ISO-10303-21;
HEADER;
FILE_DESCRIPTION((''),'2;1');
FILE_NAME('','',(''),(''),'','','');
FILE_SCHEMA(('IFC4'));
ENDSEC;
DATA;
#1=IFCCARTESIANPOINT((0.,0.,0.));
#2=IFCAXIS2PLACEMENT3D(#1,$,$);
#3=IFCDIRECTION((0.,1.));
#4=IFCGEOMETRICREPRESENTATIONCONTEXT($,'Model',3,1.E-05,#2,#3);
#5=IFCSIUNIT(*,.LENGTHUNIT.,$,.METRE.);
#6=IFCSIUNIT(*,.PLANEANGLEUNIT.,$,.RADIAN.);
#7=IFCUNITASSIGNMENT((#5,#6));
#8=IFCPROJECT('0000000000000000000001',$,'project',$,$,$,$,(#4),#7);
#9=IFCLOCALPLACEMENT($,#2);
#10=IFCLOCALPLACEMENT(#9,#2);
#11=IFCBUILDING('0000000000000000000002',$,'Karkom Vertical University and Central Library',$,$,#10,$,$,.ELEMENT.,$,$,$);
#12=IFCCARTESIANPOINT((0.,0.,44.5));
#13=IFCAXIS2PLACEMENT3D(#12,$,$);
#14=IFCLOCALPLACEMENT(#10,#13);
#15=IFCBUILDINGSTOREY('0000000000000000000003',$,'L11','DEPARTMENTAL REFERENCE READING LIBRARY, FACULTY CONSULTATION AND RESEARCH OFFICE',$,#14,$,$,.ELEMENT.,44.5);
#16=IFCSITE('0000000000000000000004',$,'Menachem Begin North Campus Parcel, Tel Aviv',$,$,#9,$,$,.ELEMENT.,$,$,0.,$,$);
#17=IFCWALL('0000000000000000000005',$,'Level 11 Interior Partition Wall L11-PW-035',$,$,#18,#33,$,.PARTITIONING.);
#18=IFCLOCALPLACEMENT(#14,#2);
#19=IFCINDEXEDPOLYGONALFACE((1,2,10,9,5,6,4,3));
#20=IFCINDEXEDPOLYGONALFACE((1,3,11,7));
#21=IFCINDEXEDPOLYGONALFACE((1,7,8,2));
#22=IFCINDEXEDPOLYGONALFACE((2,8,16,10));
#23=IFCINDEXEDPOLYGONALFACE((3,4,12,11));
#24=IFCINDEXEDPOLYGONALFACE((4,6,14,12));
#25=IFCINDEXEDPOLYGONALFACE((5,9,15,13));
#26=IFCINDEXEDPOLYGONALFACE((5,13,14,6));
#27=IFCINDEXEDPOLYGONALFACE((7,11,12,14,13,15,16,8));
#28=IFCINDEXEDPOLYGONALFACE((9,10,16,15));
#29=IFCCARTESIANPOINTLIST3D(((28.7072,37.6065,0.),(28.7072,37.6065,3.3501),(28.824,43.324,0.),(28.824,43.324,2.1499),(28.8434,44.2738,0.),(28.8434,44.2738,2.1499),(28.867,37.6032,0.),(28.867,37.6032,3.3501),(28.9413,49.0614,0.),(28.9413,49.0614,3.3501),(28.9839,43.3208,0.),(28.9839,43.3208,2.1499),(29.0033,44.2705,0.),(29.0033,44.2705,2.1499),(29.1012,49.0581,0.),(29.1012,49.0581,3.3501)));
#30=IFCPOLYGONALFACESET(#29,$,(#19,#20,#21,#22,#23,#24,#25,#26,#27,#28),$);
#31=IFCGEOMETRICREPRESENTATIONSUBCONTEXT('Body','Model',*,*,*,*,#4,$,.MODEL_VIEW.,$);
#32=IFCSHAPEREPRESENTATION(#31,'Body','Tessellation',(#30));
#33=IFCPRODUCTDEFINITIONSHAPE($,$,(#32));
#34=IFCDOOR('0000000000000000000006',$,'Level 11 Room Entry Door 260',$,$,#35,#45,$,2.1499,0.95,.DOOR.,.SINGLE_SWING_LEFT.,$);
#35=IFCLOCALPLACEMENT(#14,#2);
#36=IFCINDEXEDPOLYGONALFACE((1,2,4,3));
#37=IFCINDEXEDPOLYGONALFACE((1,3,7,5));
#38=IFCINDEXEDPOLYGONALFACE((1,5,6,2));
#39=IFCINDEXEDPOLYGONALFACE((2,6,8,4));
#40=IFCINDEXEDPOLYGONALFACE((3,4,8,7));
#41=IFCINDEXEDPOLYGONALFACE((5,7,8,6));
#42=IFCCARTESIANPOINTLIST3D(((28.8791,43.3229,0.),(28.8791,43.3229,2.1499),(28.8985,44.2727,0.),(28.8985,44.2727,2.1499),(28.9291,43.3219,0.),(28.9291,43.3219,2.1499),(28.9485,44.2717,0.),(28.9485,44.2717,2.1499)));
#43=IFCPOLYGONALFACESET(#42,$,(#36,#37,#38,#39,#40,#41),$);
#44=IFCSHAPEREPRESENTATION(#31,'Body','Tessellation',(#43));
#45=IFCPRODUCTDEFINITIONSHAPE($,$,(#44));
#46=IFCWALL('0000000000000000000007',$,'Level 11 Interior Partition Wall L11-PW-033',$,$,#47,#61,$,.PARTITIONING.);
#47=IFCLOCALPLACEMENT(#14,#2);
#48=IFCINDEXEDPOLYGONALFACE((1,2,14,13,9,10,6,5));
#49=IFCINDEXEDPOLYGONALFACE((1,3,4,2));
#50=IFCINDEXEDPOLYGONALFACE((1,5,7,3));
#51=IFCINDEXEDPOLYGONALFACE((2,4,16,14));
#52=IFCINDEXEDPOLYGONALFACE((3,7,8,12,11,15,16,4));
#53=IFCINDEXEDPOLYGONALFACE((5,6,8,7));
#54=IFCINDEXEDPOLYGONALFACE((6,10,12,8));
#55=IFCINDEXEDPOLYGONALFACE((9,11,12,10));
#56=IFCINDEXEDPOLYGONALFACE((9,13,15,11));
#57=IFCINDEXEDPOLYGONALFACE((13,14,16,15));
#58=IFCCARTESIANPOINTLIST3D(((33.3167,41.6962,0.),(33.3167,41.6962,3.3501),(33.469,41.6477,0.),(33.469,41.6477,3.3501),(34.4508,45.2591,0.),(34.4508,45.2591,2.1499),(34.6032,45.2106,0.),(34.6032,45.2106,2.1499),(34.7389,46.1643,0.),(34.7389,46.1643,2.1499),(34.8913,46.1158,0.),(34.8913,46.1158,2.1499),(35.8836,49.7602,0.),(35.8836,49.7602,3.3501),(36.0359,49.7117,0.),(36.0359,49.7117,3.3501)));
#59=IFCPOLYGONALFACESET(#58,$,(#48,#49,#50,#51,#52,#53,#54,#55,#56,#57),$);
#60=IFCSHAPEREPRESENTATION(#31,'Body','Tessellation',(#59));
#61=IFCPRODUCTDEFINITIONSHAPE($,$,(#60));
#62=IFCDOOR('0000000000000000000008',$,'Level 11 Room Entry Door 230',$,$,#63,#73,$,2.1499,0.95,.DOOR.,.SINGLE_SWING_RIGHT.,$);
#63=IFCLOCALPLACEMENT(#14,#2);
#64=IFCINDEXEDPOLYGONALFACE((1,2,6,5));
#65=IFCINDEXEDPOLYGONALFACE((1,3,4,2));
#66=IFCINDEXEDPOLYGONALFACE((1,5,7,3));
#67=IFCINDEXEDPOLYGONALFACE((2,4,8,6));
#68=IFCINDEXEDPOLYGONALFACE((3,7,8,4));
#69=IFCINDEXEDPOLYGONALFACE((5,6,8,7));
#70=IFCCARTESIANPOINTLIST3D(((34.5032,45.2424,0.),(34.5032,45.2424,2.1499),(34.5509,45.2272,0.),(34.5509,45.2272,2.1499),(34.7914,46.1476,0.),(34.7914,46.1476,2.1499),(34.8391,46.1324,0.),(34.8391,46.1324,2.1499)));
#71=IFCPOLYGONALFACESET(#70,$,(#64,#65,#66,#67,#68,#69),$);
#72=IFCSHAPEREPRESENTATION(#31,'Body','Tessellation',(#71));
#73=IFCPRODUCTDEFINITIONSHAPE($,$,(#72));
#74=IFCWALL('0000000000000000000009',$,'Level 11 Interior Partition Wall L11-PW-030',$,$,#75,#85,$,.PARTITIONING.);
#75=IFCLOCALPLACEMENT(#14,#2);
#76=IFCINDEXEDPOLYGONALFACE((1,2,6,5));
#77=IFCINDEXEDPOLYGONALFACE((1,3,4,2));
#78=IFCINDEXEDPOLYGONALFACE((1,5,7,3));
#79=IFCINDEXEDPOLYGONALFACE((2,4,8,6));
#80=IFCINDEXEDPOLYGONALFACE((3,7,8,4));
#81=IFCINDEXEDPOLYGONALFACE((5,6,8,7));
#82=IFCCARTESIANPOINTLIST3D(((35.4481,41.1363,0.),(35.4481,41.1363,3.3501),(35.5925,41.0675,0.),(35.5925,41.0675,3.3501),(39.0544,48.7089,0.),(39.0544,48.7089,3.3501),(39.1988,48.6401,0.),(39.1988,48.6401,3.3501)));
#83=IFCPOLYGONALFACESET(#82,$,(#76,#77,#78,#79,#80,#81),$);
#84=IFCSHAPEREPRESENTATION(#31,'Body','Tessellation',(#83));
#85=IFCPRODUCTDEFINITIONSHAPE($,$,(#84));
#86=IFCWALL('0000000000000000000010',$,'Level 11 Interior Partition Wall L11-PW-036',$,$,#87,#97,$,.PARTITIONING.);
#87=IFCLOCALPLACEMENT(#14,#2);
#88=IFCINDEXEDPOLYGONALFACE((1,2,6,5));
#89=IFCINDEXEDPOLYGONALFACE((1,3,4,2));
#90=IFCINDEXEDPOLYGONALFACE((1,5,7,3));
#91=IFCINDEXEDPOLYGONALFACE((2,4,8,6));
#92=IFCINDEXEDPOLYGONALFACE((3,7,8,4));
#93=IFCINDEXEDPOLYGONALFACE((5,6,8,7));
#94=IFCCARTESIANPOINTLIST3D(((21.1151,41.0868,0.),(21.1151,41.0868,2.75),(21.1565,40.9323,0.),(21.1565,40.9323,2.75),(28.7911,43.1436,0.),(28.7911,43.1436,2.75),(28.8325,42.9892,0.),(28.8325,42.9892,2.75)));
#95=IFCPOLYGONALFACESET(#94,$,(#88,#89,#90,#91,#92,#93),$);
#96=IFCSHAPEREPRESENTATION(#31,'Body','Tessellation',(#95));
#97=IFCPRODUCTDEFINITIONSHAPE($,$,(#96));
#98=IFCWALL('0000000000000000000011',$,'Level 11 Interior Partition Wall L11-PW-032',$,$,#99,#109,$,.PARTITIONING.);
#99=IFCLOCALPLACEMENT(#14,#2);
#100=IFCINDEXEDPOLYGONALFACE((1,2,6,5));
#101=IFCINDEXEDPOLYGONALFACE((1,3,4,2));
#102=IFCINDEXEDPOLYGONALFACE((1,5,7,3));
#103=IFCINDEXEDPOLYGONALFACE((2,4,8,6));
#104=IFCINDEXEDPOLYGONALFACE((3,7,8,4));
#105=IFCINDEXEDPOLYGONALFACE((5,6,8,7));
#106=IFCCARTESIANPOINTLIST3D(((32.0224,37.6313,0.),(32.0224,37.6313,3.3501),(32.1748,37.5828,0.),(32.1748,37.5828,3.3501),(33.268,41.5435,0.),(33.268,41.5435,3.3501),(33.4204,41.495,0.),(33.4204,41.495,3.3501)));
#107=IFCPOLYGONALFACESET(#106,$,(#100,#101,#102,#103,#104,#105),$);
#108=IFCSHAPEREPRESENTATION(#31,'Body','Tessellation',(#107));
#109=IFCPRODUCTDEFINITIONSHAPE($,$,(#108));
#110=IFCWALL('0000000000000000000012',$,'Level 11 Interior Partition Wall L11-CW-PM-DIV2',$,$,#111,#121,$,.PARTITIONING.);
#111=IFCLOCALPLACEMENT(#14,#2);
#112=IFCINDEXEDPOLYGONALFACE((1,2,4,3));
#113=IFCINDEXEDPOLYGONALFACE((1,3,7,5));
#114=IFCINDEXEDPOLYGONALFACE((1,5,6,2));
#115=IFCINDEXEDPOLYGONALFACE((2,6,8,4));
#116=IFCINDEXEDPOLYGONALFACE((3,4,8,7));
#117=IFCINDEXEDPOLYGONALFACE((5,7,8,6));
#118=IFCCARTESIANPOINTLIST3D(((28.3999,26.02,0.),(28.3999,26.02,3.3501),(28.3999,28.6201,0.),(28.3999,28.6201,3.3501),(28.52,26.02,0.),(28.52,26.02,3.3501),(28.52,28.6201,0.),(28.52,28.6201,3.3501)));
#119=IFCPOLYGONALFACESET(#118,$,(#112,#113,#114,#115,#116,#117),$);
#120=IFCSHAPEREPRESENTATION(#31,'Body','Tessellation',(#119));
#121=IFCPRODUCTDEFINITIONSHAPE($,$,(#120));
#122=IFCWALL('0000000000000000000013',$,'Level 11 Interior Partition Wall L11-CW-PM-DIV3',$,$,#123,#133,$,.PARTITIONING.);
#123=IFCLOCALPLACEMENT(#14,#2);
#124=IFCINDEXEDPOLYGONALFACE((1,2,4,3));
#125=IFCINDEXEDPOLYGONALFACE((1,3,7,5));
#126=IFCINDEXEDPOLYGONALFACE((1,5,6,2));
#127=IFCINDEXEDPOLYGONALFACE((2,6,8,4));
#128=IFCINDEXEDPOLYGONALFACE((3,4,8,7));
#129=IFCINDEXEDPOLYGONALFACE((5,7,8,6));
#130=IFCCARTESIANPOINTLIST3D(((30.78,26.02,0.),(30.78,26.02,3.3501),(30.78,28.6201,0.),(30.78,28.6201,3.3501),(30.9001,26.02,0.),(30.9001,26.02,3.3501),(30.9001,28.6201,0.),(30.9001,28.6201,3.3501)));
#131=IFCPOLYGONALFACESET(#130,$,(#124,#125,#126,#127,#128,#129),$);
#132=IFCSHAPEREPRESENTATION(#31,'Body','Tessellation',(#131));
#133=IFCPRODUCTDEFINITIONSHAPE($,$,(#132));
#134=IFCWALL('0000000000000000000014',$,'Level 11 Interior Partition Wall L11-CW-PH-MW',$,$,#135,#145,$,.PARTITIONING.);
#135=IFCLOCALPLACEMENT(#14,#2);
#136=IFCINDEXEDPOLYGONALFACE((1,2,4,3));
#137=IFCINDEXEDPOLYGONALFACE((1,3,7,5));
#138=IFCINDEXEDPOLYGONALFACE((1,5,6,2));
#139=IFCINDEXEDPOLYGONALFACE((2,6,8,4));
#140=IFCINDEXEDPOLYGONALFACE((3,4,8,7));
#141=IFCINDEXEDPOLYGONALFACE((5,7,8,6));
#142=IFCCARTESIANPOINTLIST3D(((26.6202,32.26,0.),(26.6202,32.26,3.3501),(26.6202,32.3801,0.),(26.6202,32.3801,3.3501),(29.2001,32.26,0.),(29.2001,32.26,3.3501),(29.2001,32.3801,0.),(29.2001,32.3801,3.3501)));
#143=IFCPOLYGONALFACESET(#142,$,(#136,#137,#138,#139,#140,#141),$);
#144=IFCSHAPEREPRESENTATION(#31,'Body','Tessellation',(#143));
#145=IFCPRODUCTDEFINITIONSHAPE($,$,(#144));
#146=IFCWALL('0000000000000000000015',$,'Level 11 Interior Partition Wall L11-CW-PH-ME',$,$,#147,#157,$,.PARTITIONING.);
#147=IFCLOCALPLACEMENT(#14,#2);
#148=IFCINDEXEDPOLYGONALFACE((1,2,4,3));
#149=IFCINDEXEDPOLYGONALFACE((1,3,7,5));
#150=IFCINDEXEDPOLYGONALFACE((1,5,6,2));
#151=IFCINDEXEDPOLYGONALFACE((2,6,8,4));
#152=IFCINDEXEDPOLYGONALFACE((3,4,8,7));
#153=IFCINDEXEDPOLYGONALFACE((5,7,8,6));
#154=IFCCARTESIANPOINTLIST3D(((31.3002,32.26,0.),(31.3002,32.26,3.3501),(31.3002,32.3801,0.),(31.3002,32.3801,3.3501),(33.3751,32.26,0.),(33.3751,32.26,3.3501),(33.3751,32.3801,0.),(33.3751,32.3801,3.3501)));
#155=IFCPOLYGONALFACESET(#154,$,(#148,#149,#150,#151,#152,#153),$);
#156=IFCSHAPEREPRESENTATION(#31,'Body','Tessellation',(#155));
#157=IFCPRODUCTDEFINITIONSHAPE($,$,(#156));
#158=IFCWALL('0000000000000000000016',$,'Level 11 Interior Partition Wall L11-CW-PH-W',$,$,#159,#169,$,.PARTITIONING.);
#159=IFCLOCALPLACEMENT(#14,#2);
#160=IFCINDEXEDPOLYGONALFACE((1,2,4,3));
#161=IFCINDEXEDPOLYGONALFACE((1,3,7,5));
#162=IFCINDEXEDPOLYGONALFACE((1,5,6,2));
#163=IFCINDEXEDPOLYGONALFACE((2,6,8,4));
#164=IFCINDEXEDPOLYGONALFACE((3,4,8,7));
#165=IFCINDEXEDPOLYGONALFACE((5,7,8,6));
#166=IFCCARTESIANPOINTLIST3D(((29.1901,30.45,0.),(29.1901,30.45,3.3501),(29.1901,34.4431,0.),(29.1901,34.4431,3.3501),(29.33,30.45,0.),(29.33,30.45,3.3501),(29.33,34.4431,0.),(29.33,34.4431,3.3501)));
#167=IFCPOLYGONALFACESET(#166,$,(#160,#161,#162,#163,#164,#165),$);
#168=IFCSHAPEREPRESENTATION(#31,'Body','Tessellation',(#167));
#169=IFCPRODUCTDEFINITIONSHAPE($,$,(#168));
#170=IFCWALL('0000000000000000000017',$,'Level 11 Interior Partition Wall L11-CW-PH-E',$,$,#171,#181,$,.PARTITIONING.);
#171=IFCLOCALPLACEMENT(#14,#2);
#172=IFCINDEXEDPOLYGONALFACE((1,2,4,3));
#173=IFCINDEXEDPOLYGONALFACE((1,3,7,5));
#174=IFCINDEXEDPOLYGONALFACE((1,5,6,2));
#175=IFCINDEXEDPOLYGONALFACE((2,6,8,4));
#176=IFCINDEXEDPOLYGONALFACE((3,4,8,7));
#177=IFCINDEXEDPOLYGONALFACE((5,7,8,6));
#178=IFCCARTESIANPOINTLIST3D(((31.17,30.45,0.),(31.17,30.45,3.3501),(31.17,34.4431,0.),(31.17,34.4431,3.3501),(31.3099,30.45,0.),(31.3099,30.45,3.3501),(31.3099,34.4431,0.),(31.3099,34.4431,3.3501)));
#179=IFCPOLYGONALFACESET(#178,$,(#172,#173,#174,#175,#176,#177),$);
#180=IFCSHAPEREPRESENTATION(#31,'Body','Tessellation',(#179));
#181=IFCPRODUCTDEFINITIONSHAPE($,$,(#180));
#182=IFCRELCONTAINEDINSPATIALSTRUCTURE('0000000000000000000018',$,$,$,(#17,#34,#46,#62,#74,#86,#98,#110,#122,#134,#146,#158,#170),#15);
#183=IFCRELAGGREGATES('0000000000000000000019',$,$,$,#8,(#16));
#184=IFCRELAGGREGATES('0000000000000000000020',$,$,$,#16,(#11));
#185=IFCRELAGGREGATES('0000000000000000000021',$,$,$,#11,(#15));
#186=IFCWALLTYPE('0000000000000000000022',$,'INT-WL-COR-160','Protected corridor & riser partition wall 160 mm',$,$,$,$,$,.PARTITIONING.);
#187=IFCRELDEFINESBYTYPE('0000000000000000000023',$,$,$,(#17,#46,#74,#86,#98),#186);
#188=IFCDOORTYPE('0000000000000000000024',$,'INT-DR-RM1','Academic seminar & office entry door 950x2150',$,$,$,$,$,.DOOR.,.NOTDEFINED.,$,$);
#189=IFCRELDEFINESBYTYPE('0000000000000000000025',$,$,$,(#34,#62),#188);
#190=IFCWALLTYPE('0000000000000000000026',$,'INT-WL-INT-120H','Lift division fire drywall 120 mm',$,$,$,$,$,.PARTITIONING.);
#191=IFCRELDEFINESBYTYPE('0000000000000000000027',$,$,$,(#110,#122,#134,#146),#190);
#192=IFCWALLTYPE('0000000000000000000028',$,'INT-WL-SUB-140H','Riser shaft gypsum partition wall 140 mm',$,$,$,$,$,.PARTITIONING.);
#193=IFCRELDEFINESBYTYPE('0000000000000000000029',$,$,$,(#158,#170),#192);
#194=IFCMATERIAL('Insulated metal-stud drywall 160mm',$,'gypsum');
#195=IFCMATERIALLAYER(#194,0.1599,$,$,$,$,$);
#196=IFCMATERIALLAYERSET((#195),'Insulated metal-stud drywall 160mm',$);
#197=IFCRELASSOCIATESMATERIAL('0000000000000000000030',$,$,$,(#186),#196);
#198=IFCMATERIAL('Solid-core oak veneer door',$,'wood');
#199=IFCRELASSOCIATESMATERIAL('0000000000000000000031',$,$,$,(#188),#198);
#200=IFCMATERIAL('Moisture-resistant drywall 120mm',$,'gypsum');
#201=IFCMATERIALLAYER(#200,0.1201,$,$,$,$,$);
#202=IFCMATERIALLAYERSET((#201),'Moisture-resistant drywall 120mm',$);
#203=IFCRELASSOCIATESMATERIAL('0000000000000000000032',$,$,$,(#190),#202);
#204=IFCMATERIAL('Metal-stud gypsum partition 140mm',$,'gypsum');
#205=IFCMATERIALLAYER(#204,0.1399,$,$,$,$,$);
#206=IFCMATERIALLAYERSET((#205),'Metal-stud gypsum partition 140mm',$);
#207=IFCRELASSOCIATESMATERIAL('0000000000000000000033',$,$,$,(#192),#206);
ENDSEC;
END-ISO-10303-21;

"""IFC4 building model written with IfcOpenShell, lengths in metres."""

from ifc_helpers import new_model, si_unit, direction, frame, frame_2d, origin, origin_with_axes, place, context, subcontext, project, spatial, rectangle, extrude, source, transform, mapped, material, layer, layer_set, type_object, element, fill, save


model = new_model("IFC4")

# Units and contexts
model_context = context("Model", 3, precision=1e-05, world=origin(), true_north=direction((0.0, 1.0)))
body_context = subcontext(model_context, "Body", "Model", "MODEL_VIEW")
ifc_project = project(units=[si_unit("LENGTHUNIT", "METRE"), si_unit("PLANEANGLEUNIT", "RADIAN")], contexts=[model_context])

# Site, building, storey
site_placement = place(None, origin())
site = spatial("IfcSite", under=ifc_project, at=site_placement, Name="Menachem Begin North Campus Parcel, Tel Aviv", CompositionType="ELEMENT", RefElevation=0.0)
building_placement = place(site_placement, origin())
building = spatial("IfcBuilding", under=site, at=building_placement, Name="Karkom Vertical University and Central Library", CompositionType="ELEMENT")
storey_placement = place(building_placement, frame((0.0, 0.0, 44.5)))
storey = spatial("IfcBuildingStorey", under=building, at=storey_placement, Name="L11", Description="DEPARTMENTAL REFERENCE READING LIBRARY, FACULTY CONSULTATION AND RESEARCH OFFICE", CompositionType="ELEMENT", Elevation=44.5)

# Shared definitions
ifc_material_1 = material(Name="Insulated metal-stud drywall 160mm", Category="gypsum")
ifc_layer_1 = layer(ifc_material_1, 0.1599)
ifc_layer_set_1 = layer_set([ifc_layer_1], Name="Insulated metal-stud drywall 160mm")
wall_type_1 = type_object("IfcWallType", Name="INT-WL-COR-160", Description="Protected corridor & riser partition wall 160 mm", PredefinedType="PARTITIONING", material=ifc_layer_set_1)

# Walls, openings, doors
wall_1_placement = place(storey_placement, frame((28.7871, 37.605, 0.0), z_axis=(0.0, 0.0, 1.0), x_axis=(0.020435, 0.999791, 0.0)))
wall_1 = element("IfcWall", 1, at=wall_1_placement, inside=storey, type_object=wall_type_1, Name="Level 11 Interior Partition Wall L11-PW-035", PredefinedType="PARTITIONING", context=body_context, shape_type="SweptSolid", body=[
    extrude(rectangle(XDim=11.4573, YDim=0.1599, at=frame_2d((5.7285, 0.0))), origin(), (0.0, 0.0, 1.0), 3.3501),
])
opening_1_placement = place(wall_1_placement, frame((5.7185, 0.0, 0.0)))
opening_1 = element("IfcOpeningElement", 2, at=opening_1_placement, cuts=wall_1, PredefinedType="OPENING", context=body_context, shape_type="SweptSolid", body=[
    extrude(rectangle(XDim=0.95, YDim=2.1499, at=frame_2d((0.4751, 1.075))), frame((0.0, 0.0898, 0.0), z_axis=(0.0, -1.0, 0.0), x_axis=(1.0, 0.0, 0.0)), (0.0, 0.0, 1.0), 0.1799),
])
ifc_material_2 = material(Name="Solid-core oak veneer door", Category="wood")
door_type_1 = type_object("IfcDoorType", Name="INT-DR-RM1", Description="Academic seminar & office entry door 950x2150", OperationType="NOTDEFINED", PredefinedType="DOOR", material=ifc_material_2)
shared_shape_1 = source(origin_with_axes(), body_context, "Body", "SweptSolid", [
    extrude(rectangle(XDim=0.95, YDim=2.1499, at=frame_2d((0.4751, 1.075))), frame((0.0, 0.0249, 0.0), z_axis=(0.0, -1.0, 0.0), x_axis=(1.0, 0.0, 0.0)), (0.0, 0.0, 1.0), 0.05),
])
door_1_placement = place(opening_1_placement, origin())
door_1 = element("IfcDoor", 3, at=door_1_placement, inside=storey, type_object=door_type_1, Name="Level 11 Room Entry Door 260", OperationType="SINGLE_SWING_LEFT", OverallHeight=2.1499, OverallWidth=0.95, PredefinedType="DOOR", context=body_context, shape_type="MappedRepresentation", body=[
    mapped(shared_shape_1, transform((0.0, 0.0, 0.0), scale=1.0)),
])
fill(opening_1, door_1)
wall_2_placement = place(storey_placement, frame((33.3928, 41.6719, 0.0), z_axis=(0.0, 0.0, 1.0), x_axis=(0.30332, 0.952889, 0.0)))
wall_2 = element("IfcWall", 4, at=wall_2_placement, inside=storey, type_object=wall_type_1, Name="Level 11 Interior Partition Wall L11-PW-033", PredefinedType="PARTITIONING", context=body_context, shape_type="SweptSolid", body=[
    extrude(rectangle(XDim=8.4626, YDim=0.1599, at=frame_2d((4.2314, 0.0))), origin(), (0.0, 0.0, 1.0), 3.3501),
])
opening_2_placement = place(wall_2_placement, frame((3.739, 0.0, 0.0)))
opening_2 = element("IfcOpeningElement", 5, at=opening_2_placement, cuts=wall_2, PredefinedType="OPENING", context=body_context, shape_type="SweptSolid", body=[
    extrude(rectangle(XDim=0.95, YDim=2.1499, at=frame_2d((0.4751, 1.075))), frame((0.0, 0.0898, 0.0), z_axis=(0.0, -1.0, 0.0), x_axis=(1.0, 0.0, 0.0)), (0.0, 0.0, 1.0), 0.1799),
])
door_2_placement = place(opening_2_placement, origin())
door_2 = element("IfcDoor", 6, at=door_2_placement, inside=storey, type_object=door_type_1, Name="Level 11 Room Entry Door 230", OperationType="SINGLE_SWING_RIGHT", OverallHeight=2.1499, OverallWidth=0.95, PredefinedType="DOOR", context=body_context, shape_type="MappedRepresentation", body=[
    mapped(shared_shape_1, transform((0.0, 0.0, 0.0), scale=1.0)),
])
fill(opening_2, door_2)

# Walls
wall_3_placement = place(storey_placement, frame((35.5203, 41.1018, 0.0), z_axis=(0.0, 0.0, 1.0), x_axis=(0.429957, 0.902849, 0.0)))
element("IfcWall", 7, at=wall_3_placement, inside=storey, type_object=wall_type_1, Name="Level 11 Interior Partition Wall L11-PW-030", PredefinedType="PARTITIONING", context=body_context, shape_type="SweptSolid", body=[
    extrude(rectangle(XDim=8.3875, YDim=0.1599, at=frame_2d((4.1938, 0.0))), origin(), (0.0, 0.0, 1.0), 3.3501),
])
wall_4_placement = place(storey_placement, frame((28.8118, 43.0664, 0.0), z_axis=(0.0, 0.0, 1.0), x_axis=(-0.965923, -0.258831, 0.0)))
element("IfcWall", 8, at=wall_4_placement, inside=storey, type_object=wall_type_1, Name="Level 11 Interior Partition Wall L11-PW-036", PredefinedType="PARTITIONING", context=body_context, shape_type="SweptSolid", body=[
    extrude(rectangle(XDim=7.9468, YDim=0.1599, at=frame_2d((3.9734, 0.0))), origin(), (0.0, 0.0, 1.0), 2.75),
])
wall_5_placement = place(storey_placement, frame((32.0986, 37.6072, 0.0), z_axis=(0.0, 0.0, 1.0), x_axis=(0.30339, 0.952866, 0.0)))
element("IfcWall", 9, at=wall_5_placement, inside=storey, type_object=wall_type_1, Name="Level 11 Interior Partition Wall L11-PW-032", PredefinedType="PARTITIONING", context=body_context, shape_type="SweptSolid", body=[
    extrude(rectangle(XDim=4.1057, YDim=0.1599, at=frame_2d((2.0527, 0.0))), origin(), (0.0, 0.0, 1.0), 3.3501),
])

# Walls
ifc_material_3 = material(Name="Moisture-resistant drywall 120mm", Category="gypsum")
ifc_layer_2 = layer(ifc_material_3, 0.1201)
ifc_layer_set_2 = layer_set([ifc_layer_2], Name="Moisture-resistant drywall 120mm")
wall_type_2 = type_object("IfcWallType", Name="INT-WL-INT-120H", Description="Lift division fire drywall 120 mm", PredefinedType="PARTITIONING", material=ifc_layer_set_2)
for number, where, z_axis, x_axis, name in (
    (10, (28.46, 26.02, 0.0), (0.0, 0.0, 1.0), (0.0, 1.0, 0.0), "Level 11 Interior Partition Wall L11-CW-PM-DIV2"),
    (11, (30.8401, 26.02, 0.0), (0.0, 0.0, 1.0), (0.0, 1.0, 0.0), "Level 11 Interior Partition Wall L11-CW-PM-DIV3"),
):
    element("IfcWall", number, at=place(storey_placement, frame(where, z_axis=z_axis, x_axis=x_axis)), inside=storey, type_object=wall_type_2, Name=name, PredefinedType="PARTITIONING", context=body_context, shape_type="SweptSolid", body=[
        extrude(rectangle(XDim=2.6001, YDim=0.1201, at=frame_2d((1.3, 0.0))), origin(), (0.0, 0.0, 1.0), 3.3501),
    ])
wall_6_placement = place(storey_placement, frame((26.6201, 32.3201, 0.0), z_axis=(0.0, 0.0, 1.0), x_axis=(1.0, 0.0, 0.0)))
element("IfcWall", 12, at=wall_6_placement, inside=storey, type_object=wall_type_2, Name="Level 11 Interior Partition Wall L11-CW-PH-MW", PredefinedType="PARTITIONING", context=body_context, shape_type="SweptSolid", body=[
    extrude(rectangle(XDim=2.5798, YDim=0.1201, at=frame_2d((1.29, 0.0))), origin(), (0.0, 0.0, 1.0), 3.3501),
])
wall_7_placement = place(storey_placement, frame((31.3, 32.3201, 0.0), z_axis=(0.0, 0.0, 1.0), x_axis=(1.0, 0.0, 0.0)))
element("IfcWall", 13, at=wall_7_placement, inside=storey, type_object=wall_type_2, Name="Level 11 Interior Partition Wall L11-CW-PH-ME", PredefinedType="PARTITIONING", context=body_context, shape_type="SweptSolid", body=[
    extrude(rectangle(XDim=2.075, YDim=0.1201, at=frame_2d((1.0376, 0.0))), origin(), (0.0, 0.0, 1.0), 3.3501),
])
ifc_material_4 = material(Name="Metal-stud gypsum partition 140mm", Category="gypsum")
ifc_layer_3 = layer(ifc_material_4, 0.1399)
ifc_layer_set_3 = layer_set([ifc_layer_3], Name="Metal-stud gypsum partition 140mm")
wall_type_3 = type_object("IfcWallType", Name="INT-WL-SUB-140H", Description="Riser shaft gypsum partition wall 140 mm", PredefinedType="PARTITIONING", material=ifc_layer_set_3)
for number, where, z_axis, x_axis, name in (
    (14, (29.26, 30.45, 0.0), (0.0, 0.0, 1.0), (0.0, 1.0, 0.0), "Level 11 Interior Partition Wall L11-CW-PH-W"),
    (15, (31.24, 30.45, 0.0), (0.0, 0.0, 1.0), (0.0, 1.0, 0.0), "Level 11 Interior Partition Wall L11-CW-PH-E"),
):
    element("IfcWall", number, at=place(storey_placement, frame(where, z_axis=z_axis, x_axis=x_axis)), inside=storey, type_object=wall_type_3, Name=name, PredefinedType="PARTITIONING", context=body_context, shape_type="SweptSolid", body=[
        extrude(rectangle(XDim=3.9932, YDim=0.1399, at=frame_2d((1.9966, 0.0))), origin(), (0.0, 0.0, 1.0), 3.3501),
    ])

save(model, "model.ifc")
